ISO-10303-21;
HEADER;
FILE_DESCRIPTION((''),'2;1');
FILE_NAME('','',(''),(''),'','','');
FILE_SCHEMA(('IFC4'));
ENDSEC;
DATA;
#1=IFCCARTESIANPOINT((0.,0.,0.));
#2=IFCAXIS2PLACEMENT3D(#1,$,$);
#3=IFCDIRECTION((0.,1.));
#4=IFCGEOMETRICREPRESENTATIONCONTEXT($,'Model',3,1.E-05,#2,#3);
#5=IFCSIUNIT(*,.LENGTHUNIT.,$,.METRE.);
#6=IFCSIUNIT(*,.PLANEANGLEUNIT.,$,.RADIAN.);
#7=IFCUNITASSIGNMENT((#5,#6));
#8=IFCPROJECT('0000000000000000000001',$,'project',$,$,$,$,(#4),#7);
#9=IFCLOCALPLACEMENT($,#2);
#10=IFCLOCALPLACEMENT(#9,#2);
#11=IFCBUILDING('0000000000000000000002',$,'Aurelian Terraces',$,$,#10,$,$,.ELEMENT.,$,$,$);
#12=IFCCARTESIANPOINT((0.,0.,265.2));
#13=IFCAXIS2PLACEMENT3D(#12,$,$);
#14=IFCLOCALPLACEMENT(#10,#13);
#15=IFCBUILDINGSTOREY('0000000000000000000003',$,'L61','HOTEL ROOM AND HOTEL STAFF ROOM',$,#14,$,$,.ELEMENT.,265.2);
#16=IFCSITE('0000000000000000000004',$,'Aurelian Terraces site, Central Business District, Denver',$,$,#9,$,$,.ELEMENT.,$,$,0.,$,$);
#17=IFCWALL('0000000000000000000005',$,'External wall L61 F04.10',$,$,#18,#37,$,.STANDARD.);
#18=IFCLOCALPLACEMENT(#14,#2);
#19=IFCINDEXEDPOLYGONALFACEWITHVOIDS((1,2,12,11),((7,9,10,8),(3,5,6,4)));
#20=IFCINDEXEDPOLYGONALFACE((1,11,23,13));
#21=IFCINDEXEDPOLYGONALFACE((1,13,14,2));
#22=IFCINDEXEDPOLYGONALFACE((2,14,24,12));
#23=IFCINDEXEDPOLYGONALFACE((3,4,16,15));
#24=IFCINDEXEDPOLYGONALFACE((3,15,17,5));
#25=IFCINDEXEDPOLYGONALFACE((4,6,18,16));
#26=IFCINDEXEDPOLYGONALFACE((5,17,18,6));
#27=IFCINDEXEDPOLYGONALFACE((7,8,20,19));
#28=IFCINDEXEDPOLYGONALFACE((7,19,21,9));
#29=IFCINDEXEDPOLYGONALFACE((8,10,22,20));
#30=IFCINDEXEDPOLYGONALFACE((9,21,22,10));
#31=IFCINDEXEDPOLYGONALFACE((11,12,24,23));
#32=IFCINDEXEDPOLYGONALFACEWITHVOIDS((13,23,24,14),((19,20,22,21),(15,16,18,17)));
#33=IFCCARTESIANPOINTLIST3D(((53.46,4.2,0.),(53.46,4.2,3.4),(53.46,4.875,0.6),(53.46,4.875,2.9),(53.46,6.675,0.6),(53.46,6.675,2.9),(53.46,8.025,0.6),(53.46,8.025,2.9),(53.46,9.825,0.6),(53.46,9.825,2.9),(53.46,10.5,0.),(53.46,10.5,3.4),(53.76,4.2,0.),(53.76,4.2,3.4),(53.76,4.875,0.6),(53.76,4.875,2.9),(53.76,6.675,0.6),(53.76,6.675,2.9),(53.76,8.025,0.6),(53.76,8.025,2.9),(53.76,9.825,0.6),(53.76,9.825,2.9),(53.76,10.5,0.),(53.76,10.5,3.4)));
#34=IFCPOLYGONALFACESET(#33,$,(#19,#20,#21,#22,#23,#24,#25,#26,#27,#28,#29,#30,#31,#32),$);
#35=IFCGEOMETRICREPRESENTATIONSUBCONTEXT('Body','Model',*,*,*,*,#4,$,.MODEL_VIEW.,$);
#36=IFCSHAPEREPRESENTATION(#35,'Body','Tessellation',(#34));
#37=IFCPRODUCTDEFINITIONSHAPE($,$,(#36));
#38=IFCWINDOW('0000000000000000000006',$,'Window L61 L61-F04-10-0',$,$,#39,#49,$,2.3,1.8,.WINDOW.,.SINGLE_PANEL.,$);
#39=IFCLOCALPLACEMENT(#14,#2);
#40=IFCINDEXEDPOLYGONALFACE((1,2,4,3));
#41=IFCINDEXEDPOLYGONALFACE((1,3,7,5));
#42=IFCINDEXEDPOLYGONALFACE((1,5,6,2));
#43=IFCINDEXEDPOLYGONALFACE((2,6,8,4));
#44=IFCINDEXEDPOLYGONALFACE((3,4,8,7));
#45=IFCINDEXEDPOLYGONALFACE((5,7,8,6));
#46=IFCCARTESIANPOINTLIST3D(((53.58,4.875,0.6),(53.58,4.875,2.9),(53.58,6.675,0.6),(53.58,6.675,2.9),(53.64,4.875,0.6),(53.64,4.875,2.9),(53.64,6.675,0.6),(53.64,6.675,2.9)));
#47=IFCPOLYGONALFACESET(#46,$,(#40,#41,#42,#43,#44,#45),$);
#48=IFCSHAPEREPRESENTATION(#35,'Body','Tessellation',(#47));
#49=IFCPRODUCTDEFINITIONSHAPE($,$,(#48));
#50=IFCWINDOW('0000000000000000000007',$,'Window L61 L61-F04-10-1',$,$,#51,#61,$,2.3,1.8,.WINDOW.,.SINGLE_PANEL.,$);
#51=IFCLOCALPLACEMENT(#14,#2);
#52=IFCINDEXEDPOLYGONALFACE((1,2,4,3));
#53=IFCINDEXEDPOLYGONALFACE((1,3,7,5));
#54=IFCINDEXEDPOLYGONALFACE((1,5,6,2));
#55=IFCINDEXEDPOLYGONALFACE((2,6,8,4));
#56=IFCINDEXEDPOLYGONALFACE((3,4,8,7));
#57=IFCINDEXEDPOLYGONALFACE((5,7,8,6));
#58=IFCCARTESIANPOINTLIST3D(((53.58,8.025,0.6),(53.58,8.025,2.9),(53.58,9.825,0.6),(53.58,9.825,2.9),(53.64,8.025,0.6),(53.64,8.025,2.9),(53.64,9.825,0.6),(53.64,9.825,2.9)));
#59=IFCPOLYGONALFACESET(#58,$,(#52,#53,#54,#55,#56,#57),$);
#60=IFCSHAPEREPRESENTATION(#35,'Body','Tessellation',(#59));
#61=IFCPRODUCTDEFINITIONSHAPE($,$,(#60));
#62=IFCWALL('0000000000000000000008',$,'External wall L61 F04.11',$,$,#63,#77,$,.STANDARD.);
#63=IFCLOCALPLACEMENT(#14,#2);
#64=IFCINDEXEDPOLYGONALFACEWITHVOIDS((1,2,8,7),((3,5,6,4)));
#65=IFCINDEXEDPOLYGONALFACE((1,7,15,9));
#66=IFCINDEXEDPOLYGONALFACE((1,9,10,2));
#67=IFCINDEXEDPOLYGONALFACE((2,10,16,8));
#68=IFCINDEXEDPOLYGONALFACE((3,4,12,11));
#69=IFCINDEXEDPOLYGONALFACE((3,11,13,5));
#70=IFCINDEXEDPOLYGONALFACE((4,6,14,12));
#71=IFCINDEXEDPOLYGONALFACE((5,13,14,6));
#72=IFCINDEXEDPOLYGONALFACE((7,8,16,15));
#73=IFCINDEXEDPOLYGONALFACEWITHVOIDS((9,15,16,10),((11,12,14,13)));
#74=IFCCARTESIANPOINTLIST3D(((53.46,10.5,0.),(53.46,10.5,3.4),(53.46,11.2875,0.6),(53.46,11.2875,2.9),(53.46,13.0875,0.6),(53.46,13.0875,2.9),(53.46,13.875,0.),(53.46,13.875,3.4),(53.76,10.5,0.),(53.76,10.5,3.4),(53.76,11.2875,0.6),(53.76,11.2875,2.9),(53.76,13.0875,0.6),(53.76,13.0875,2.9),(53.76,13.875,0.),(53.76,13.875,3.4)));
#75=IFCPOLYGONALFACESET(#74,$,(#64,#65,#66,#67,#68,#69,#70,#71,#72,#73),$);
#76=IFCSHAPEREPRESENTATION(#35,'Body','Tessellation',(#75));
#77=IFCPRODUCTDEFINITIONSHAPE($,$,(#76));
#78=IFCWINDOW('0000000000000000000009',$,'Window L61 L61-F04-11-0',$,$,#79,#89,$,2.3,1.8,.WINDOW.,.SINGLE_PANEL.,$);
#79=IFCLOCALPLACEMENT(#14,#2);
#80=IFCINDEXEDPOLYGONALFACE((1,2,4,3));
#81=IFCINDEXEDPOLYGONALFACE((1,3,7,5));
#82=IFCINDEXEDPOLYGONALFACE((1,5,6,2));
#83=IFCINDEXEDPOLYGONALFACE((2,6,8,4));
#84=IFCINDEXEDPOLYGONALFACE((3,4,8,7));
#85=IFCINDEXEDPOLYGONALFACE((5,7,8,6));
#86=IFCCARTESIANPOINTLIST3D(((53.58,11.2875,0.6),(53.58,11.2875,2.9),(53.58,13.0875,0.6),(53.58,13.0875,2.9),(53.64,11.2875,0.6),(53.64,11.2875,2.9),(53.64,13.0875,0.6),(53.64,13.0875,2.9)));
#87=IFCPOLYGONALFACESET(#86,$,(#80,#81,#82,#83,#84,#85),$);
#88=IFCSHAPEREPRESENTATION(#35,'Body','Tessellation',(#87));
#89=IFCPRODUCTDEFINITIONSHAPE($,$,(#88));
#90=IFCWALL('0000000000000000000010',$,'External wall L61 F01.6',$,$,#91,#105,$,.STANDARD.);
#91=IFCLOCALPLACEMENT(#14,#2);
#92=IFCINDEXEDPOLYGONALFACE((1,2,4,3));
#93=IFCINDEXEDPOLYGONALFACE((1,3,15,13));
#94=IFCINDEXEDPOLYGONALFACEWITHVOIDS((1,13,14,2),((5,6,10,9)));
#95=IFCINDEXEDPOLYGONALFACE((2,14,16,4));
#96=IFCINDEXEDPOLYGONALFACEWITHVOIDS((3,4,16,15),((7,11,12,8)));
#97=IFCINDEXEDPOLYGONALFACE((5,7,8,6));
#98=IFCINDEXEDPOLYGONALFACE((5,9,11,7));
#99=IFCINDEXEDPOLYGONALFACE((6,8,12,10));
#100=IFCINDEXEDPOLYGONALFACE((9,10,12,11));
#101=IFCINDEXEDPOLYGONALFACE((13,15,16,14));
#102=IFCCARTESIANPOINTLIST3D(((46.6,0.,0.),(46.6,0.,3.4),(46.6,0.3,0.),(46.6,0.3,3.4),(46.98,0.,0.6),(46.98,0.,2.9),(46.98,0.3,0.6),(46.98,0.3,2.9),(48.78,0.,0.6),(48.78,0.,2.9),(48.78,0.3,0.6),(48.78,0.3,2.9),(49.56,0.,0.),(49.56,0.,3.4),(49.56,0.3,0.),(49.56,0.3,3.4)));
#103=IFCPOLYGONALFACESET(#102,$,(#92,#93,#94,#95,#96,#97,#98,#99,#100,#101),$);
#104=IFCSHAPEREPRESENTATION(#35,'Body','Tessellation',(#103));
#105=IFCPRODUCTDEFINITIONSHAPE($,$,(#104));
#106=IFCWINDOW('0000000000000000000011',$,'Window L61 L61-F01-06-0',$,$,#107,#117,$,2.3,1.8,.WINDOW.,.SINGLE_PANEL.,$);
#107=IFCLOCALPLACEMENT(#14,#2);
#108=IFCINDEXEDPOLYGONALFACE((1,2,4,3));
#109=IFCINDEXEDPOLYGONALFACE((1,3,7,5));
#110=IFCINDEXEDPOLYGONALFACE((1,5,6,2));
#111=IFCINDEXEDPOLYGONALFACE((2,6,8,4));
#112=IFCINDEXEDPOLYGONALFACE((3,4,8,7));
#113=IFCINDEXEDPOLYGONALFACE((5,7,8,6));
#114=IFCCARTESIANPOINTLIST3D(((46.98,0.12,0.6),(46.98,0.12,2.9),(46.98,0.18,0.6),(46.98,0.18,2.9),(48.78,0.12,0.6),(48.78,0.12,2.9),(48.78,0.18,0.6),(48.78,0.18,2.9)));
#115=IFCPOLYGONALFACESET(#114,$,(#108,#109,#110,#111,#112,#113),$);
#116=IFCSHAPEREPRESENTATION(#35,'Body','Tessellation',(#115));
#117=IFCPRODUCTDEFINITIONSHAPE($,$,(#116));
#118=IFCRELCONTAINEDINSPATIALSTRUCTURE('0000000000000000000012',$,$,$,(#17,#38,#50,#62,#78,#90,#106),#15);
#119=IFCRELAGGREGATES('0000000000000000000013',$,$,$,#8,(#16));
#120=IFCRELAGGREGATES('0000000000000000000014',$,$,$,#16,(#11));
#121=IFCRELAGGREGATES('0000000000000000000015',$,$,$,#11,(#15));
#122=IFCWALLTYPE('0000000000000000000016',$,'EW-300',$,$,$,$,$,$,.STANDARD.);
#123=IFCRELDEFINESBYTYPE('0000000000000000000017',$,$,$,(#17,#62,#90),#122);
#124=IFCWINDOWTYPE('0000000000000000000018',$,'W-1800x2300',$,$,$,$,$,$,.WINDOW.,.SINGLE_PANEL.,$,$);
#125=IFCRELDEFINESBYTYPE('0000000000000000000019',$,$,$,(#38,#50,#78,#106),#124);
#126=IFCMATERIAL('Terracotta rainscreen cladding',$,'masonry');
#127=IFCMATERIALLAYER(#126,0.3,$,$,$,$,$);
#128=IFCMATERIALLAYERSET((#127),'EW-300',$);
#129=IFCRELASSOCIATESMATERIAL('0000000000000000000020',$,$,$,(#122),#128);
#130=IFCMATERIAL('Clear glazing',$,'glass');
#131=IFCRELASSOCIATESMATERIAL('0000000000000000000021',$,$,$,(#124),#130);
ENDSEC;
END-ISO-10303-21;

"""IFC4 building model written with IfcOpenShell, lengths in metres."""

from ifc_helpers import new_model, si_unit, direction, frame, frame_2d, origin, place, context, subcontext, project, spatial, rectangle, extrude, source, transform, mapped, material, layer, layer_set, type_object, element, fill, save


model = new_model("IFC4")

# Units and contexts
model_context = context("Model", 3, precision=1e-05, world=origin(), true_north=direction((0.0, 1.0)))
body_context = subcontext(model_context, "Body", "Model", "MODEL_VIEW")
ifc_project = project(units=[si_unit("LENGTHUNIT", "METRE"), si_unit("PLANEANGLEUNIT", "RADIAN")], contexts=[model_context])

# Site, building, storey
site_placement = place(None, origin())
site = spatial("IfcSite", under=ifc_project, at=site_placement, Name="Aurelian Terraces site, Central Business District, Denver", CompositionType="ELEMENT", RefElevation=0.0)
building_placement = place(site_placement, origin())
building = spatial("IfcBuilding", under=site, at=building_placement, Name="Aurelian Terraces", CompositionType="ELEMENT")
storey_placement = place(building_placement, frame((0.0, 0.0, 265.2)))
storey = spatial("IfcBuildingStorey", under=building, at=storey_placement, Name="L61", Description="HOTEL ROOM AND HOTEL STAFF ROOM", CompositionType="ELEMENT", Elevation=265.2)

# Shared definitions
ifc_material_1 = material(Name="Terracotta rainscreen cladding", Category="masonry")
ifc_layer_1 = layer(ifc_material_1, 0.3)
ifc_layer_set_1 = layer_set([ifc_layer_1], Name="EW-300")
wall_type_1 = type_object("IfcWallType", Name="EW-300", PredefinedType="STANDARD", material=ifc_layer_set_1)
ifc_material_2 = material(Name="Clear glazing", Category="glass")

# Wall, openings, windows
shared_shape_1 = source(origin(), body_context, "Body", "SweptSolid", [
    extrude(rectangle(XDim=6.3, YDim=0.3, at=frame_2d((3.15, 0.0))), origin(), (0.0, 0.0, 1.0), 3.4),
])
wall_1_placement = place(storey_placement, frame((53.61, 4.2, 0.0), z_axis=(0.0, 0.0, 1.0), x_axis=(0.0, 1.0, 0.0)))
wall_1 = element("IfcWall", 1, at=wall_1_placement, inside=storey, type_object=wall_type_1, Name="External wall L61 F04.10", PredefinedType="STANDARD", context=body_context, shape_type="MappedRepresentation", body=[
    mapped(shared_shape_1, transform((0.0, 0.0, 0.0), scale=1.0)),
])
shared_shape_2 = source(origin(), body_context, "Body", "SweptSolid", [
    extrude(rectangle(XDim=1.8, YDim=2.3, at=frame_2d((0.9, 1.15))), frame((0.0, 0.16, 0.0), z_axis=(0.0, -1.0, 0.0), x_axis=(1.0, 0.0, 0.0)), (0.0, 0.0, 1.0), 0.32),
])
opening_1_placement = place(wall_1_placement, frame((0.675, 0.0, 0.6)))
opening_1 = element("IfcOpeningElement", 2, at=opening_1_placement, cuts=wall_1, PredefinedType="OPENING", context=body_context, shape_type="MappedRepresentation", body=[
    mapped(shared_shape_2, transform((0.0, 0.0, 0.0), scale=1.0)),
])
opening_2_placement = place(wall_1_placement, frame((3.825, 0.0, 0.6)))
opening_2 = element("IfcOpeningElement", 3, at=opening_2_placement, cuts=wall_1, PredefinedType="OPENING", context=body_context, shape_type="MappedRepresentation", body=[
    mapped(shared_shape_2, transform((0.0, 0.0, 0.0), scale=1.0)),
])
window_type_1 = type_object("IfcWindowType", Name="W-1800x2300", PartitioningType="SINGLE_PANEL", PredefinedType="WINDOW", material=ifc_material_2)
shared_shape_3 = source(origin(), body_context, "Body", "SweptSolid", [
    extrude(rectangle(XDim=1.8, YDim=2.3, at=frame_2d((0.9, 1.15))), frame((0.0, 0.03, 0.0), z_axis=(0.0, -1.0, 0.0), x_axis=(1.0, 0.0, 0.0)), (0.0, 0.0, 1.0), 0.06),
])
window_1_placement = place(opening_1_placement, origin())
window_1 = element("IfcWindow", 4, at=window_1_placement, inside=storey, type_object=window_type_1, Name="Window L61 L61-F04-10-0", OverallHeight=2.3, OverallWidth=1.8, PartitioningType="SINGLE_PANEL", PredefinedType="WINDOW", context=body_context, shape_type="MappedRepresentation", body=[
    mapped(shared_shape_3, transform((0.0, 0.0, 0.0), scale=1.0)),
])
fill(opening_1, window_1)
window_2_placement = place(opening_2_placement, origin())
window_2 = element("IfcWindow", 5, at=window_2_placement, inside=storey, type_object=window_type_1, Name="Window L61 L61-F04-10-1", OverallHeight=2.3, OverallWidth=1.8, PartitioningType="SINGLE_PANEL", PredefinedType="WINDOW", context=body_context, shape_type="MappedRepresentation", body=[
    mapped(shared_shape_3, transform((0.0, 0.0, 0.0), scale=1.0)),
])
fill(opening_2, window_2)

# Walls, openings, windows
shared_shape_4 = source(origin(), body_context, "Body", "SweptSolid", [
    extrude(rectangle(XDim=3.375, YDim=0.3, at=frame_2d((1.6875, 0.0))), origin(), (0.0, 0.0, 1.0), 3.4),
])
wall_2_placement = place(storey_placement, frame((53.61, 10.5, 0.0), z_axis=(0.0, 0.0, 1.0), x_axis=(0.0, 1.0, 0.0)))
wall_2 = element("IfcWall", 6, at=wall_2_placement, inside=storey, type_object=wall_type_1, Name="External wall L61 F04.11", PredefinedType="STANDARD", context=body_context, shape_type="MappedRepresentation", body=[
    mapped(shared_shape_4, transform((0.0, 0.0, 0.0), scale=1.0)),
])
opening_3_placement = place(wall_2_placement, frame((0.7875, 0.0, 0.6)))
opening_3 = element("IfcOpeningElement", 7, at=opening_3_placement, cuts=wall_2, PredefinedType="OPENING", context=body_context, shape_type="MappedRepresentation", body=[
    mapped(shared_shape_2, transform((0.0, 0.0, 0.0), scale=1.0)),
])
window_3_placement = place(opening_3_placement, origin())
window_3 = element("IfcWindow", 8, at=window_3_placement, inside=storey, type_object=window_type_1, Name="Window L61 L61-F04-11-0", OverallHeight=2.3, OverallWidth=1.8, PartitioningType="SINGLE_PANEL", PredefinedType="WINDOW", context=body_context, shape_type="MappedRepresentation", body=[
    mapped(shared_shape_3, transform((0.0, 0.0, 0.0), scale=1.0)),
])
fill(opening_3, window_3)
shared_shape_5 = source(origin(), body_context, "Body", "SweptSolid", [
    extrude(rectangle(XDim=2.96, YDim=0.3, at=frame_2d((1.48, 0.0))), origin(), (0.0, 0.0, 1.0), 3.4),
])
wall_3_placement = place(storey_placement, frame((46.6, 0.15, 0.0), z_axis=(0.0, 0.0, 1.0), x_axis=(1.0, 0.0, 0.0)))
wall_3 = element("IfcWall", 9, at=wall_3_placement, inside=storey, type_object=wall_type_1, Name="External wall L61 F01.6", PredefinedType="STANDARD", context=body_context, shape_type="MappedRepresentation", body=[
    mapped(shared_shape_5, transform((0.0, 0.0, 0.0), scale=1.0)),
])
opening_4_placement = place(wall_3_placement, frame((0.38, 0.0, 0.6)))
opening_4 = element("IfcOpeningElement", 10, at=opening_4_placement, cuts=wall_3, PredefinedType="OPENING", context=body_context, shape_type="MappedRepresentation", body=[
    mapped(shared_shape_2, transform((0.0, 0.0, 0.0), scale=1.0)),
])
window_4_placement = place(opening_4_placement, origin())
window_4 = element("IfcWindow", 11, at=window_4_placement, inside=storey, type_object=window_type_1, Name="Window L61 L61-F01-06-0", OverallHeight=2.3, OverallWidth=1.8, PartitioningType="SINGLE_PANEL", PredefinedType="WINDOW", context=body_context, shape_type="MappedRepresentation", body=[
    mapped(shared_shape_3, transform((0.0, 0.0, 0.0), scale=1.0)),
])
fill(opening_4, window_4)

save(model, "model.ifc")
